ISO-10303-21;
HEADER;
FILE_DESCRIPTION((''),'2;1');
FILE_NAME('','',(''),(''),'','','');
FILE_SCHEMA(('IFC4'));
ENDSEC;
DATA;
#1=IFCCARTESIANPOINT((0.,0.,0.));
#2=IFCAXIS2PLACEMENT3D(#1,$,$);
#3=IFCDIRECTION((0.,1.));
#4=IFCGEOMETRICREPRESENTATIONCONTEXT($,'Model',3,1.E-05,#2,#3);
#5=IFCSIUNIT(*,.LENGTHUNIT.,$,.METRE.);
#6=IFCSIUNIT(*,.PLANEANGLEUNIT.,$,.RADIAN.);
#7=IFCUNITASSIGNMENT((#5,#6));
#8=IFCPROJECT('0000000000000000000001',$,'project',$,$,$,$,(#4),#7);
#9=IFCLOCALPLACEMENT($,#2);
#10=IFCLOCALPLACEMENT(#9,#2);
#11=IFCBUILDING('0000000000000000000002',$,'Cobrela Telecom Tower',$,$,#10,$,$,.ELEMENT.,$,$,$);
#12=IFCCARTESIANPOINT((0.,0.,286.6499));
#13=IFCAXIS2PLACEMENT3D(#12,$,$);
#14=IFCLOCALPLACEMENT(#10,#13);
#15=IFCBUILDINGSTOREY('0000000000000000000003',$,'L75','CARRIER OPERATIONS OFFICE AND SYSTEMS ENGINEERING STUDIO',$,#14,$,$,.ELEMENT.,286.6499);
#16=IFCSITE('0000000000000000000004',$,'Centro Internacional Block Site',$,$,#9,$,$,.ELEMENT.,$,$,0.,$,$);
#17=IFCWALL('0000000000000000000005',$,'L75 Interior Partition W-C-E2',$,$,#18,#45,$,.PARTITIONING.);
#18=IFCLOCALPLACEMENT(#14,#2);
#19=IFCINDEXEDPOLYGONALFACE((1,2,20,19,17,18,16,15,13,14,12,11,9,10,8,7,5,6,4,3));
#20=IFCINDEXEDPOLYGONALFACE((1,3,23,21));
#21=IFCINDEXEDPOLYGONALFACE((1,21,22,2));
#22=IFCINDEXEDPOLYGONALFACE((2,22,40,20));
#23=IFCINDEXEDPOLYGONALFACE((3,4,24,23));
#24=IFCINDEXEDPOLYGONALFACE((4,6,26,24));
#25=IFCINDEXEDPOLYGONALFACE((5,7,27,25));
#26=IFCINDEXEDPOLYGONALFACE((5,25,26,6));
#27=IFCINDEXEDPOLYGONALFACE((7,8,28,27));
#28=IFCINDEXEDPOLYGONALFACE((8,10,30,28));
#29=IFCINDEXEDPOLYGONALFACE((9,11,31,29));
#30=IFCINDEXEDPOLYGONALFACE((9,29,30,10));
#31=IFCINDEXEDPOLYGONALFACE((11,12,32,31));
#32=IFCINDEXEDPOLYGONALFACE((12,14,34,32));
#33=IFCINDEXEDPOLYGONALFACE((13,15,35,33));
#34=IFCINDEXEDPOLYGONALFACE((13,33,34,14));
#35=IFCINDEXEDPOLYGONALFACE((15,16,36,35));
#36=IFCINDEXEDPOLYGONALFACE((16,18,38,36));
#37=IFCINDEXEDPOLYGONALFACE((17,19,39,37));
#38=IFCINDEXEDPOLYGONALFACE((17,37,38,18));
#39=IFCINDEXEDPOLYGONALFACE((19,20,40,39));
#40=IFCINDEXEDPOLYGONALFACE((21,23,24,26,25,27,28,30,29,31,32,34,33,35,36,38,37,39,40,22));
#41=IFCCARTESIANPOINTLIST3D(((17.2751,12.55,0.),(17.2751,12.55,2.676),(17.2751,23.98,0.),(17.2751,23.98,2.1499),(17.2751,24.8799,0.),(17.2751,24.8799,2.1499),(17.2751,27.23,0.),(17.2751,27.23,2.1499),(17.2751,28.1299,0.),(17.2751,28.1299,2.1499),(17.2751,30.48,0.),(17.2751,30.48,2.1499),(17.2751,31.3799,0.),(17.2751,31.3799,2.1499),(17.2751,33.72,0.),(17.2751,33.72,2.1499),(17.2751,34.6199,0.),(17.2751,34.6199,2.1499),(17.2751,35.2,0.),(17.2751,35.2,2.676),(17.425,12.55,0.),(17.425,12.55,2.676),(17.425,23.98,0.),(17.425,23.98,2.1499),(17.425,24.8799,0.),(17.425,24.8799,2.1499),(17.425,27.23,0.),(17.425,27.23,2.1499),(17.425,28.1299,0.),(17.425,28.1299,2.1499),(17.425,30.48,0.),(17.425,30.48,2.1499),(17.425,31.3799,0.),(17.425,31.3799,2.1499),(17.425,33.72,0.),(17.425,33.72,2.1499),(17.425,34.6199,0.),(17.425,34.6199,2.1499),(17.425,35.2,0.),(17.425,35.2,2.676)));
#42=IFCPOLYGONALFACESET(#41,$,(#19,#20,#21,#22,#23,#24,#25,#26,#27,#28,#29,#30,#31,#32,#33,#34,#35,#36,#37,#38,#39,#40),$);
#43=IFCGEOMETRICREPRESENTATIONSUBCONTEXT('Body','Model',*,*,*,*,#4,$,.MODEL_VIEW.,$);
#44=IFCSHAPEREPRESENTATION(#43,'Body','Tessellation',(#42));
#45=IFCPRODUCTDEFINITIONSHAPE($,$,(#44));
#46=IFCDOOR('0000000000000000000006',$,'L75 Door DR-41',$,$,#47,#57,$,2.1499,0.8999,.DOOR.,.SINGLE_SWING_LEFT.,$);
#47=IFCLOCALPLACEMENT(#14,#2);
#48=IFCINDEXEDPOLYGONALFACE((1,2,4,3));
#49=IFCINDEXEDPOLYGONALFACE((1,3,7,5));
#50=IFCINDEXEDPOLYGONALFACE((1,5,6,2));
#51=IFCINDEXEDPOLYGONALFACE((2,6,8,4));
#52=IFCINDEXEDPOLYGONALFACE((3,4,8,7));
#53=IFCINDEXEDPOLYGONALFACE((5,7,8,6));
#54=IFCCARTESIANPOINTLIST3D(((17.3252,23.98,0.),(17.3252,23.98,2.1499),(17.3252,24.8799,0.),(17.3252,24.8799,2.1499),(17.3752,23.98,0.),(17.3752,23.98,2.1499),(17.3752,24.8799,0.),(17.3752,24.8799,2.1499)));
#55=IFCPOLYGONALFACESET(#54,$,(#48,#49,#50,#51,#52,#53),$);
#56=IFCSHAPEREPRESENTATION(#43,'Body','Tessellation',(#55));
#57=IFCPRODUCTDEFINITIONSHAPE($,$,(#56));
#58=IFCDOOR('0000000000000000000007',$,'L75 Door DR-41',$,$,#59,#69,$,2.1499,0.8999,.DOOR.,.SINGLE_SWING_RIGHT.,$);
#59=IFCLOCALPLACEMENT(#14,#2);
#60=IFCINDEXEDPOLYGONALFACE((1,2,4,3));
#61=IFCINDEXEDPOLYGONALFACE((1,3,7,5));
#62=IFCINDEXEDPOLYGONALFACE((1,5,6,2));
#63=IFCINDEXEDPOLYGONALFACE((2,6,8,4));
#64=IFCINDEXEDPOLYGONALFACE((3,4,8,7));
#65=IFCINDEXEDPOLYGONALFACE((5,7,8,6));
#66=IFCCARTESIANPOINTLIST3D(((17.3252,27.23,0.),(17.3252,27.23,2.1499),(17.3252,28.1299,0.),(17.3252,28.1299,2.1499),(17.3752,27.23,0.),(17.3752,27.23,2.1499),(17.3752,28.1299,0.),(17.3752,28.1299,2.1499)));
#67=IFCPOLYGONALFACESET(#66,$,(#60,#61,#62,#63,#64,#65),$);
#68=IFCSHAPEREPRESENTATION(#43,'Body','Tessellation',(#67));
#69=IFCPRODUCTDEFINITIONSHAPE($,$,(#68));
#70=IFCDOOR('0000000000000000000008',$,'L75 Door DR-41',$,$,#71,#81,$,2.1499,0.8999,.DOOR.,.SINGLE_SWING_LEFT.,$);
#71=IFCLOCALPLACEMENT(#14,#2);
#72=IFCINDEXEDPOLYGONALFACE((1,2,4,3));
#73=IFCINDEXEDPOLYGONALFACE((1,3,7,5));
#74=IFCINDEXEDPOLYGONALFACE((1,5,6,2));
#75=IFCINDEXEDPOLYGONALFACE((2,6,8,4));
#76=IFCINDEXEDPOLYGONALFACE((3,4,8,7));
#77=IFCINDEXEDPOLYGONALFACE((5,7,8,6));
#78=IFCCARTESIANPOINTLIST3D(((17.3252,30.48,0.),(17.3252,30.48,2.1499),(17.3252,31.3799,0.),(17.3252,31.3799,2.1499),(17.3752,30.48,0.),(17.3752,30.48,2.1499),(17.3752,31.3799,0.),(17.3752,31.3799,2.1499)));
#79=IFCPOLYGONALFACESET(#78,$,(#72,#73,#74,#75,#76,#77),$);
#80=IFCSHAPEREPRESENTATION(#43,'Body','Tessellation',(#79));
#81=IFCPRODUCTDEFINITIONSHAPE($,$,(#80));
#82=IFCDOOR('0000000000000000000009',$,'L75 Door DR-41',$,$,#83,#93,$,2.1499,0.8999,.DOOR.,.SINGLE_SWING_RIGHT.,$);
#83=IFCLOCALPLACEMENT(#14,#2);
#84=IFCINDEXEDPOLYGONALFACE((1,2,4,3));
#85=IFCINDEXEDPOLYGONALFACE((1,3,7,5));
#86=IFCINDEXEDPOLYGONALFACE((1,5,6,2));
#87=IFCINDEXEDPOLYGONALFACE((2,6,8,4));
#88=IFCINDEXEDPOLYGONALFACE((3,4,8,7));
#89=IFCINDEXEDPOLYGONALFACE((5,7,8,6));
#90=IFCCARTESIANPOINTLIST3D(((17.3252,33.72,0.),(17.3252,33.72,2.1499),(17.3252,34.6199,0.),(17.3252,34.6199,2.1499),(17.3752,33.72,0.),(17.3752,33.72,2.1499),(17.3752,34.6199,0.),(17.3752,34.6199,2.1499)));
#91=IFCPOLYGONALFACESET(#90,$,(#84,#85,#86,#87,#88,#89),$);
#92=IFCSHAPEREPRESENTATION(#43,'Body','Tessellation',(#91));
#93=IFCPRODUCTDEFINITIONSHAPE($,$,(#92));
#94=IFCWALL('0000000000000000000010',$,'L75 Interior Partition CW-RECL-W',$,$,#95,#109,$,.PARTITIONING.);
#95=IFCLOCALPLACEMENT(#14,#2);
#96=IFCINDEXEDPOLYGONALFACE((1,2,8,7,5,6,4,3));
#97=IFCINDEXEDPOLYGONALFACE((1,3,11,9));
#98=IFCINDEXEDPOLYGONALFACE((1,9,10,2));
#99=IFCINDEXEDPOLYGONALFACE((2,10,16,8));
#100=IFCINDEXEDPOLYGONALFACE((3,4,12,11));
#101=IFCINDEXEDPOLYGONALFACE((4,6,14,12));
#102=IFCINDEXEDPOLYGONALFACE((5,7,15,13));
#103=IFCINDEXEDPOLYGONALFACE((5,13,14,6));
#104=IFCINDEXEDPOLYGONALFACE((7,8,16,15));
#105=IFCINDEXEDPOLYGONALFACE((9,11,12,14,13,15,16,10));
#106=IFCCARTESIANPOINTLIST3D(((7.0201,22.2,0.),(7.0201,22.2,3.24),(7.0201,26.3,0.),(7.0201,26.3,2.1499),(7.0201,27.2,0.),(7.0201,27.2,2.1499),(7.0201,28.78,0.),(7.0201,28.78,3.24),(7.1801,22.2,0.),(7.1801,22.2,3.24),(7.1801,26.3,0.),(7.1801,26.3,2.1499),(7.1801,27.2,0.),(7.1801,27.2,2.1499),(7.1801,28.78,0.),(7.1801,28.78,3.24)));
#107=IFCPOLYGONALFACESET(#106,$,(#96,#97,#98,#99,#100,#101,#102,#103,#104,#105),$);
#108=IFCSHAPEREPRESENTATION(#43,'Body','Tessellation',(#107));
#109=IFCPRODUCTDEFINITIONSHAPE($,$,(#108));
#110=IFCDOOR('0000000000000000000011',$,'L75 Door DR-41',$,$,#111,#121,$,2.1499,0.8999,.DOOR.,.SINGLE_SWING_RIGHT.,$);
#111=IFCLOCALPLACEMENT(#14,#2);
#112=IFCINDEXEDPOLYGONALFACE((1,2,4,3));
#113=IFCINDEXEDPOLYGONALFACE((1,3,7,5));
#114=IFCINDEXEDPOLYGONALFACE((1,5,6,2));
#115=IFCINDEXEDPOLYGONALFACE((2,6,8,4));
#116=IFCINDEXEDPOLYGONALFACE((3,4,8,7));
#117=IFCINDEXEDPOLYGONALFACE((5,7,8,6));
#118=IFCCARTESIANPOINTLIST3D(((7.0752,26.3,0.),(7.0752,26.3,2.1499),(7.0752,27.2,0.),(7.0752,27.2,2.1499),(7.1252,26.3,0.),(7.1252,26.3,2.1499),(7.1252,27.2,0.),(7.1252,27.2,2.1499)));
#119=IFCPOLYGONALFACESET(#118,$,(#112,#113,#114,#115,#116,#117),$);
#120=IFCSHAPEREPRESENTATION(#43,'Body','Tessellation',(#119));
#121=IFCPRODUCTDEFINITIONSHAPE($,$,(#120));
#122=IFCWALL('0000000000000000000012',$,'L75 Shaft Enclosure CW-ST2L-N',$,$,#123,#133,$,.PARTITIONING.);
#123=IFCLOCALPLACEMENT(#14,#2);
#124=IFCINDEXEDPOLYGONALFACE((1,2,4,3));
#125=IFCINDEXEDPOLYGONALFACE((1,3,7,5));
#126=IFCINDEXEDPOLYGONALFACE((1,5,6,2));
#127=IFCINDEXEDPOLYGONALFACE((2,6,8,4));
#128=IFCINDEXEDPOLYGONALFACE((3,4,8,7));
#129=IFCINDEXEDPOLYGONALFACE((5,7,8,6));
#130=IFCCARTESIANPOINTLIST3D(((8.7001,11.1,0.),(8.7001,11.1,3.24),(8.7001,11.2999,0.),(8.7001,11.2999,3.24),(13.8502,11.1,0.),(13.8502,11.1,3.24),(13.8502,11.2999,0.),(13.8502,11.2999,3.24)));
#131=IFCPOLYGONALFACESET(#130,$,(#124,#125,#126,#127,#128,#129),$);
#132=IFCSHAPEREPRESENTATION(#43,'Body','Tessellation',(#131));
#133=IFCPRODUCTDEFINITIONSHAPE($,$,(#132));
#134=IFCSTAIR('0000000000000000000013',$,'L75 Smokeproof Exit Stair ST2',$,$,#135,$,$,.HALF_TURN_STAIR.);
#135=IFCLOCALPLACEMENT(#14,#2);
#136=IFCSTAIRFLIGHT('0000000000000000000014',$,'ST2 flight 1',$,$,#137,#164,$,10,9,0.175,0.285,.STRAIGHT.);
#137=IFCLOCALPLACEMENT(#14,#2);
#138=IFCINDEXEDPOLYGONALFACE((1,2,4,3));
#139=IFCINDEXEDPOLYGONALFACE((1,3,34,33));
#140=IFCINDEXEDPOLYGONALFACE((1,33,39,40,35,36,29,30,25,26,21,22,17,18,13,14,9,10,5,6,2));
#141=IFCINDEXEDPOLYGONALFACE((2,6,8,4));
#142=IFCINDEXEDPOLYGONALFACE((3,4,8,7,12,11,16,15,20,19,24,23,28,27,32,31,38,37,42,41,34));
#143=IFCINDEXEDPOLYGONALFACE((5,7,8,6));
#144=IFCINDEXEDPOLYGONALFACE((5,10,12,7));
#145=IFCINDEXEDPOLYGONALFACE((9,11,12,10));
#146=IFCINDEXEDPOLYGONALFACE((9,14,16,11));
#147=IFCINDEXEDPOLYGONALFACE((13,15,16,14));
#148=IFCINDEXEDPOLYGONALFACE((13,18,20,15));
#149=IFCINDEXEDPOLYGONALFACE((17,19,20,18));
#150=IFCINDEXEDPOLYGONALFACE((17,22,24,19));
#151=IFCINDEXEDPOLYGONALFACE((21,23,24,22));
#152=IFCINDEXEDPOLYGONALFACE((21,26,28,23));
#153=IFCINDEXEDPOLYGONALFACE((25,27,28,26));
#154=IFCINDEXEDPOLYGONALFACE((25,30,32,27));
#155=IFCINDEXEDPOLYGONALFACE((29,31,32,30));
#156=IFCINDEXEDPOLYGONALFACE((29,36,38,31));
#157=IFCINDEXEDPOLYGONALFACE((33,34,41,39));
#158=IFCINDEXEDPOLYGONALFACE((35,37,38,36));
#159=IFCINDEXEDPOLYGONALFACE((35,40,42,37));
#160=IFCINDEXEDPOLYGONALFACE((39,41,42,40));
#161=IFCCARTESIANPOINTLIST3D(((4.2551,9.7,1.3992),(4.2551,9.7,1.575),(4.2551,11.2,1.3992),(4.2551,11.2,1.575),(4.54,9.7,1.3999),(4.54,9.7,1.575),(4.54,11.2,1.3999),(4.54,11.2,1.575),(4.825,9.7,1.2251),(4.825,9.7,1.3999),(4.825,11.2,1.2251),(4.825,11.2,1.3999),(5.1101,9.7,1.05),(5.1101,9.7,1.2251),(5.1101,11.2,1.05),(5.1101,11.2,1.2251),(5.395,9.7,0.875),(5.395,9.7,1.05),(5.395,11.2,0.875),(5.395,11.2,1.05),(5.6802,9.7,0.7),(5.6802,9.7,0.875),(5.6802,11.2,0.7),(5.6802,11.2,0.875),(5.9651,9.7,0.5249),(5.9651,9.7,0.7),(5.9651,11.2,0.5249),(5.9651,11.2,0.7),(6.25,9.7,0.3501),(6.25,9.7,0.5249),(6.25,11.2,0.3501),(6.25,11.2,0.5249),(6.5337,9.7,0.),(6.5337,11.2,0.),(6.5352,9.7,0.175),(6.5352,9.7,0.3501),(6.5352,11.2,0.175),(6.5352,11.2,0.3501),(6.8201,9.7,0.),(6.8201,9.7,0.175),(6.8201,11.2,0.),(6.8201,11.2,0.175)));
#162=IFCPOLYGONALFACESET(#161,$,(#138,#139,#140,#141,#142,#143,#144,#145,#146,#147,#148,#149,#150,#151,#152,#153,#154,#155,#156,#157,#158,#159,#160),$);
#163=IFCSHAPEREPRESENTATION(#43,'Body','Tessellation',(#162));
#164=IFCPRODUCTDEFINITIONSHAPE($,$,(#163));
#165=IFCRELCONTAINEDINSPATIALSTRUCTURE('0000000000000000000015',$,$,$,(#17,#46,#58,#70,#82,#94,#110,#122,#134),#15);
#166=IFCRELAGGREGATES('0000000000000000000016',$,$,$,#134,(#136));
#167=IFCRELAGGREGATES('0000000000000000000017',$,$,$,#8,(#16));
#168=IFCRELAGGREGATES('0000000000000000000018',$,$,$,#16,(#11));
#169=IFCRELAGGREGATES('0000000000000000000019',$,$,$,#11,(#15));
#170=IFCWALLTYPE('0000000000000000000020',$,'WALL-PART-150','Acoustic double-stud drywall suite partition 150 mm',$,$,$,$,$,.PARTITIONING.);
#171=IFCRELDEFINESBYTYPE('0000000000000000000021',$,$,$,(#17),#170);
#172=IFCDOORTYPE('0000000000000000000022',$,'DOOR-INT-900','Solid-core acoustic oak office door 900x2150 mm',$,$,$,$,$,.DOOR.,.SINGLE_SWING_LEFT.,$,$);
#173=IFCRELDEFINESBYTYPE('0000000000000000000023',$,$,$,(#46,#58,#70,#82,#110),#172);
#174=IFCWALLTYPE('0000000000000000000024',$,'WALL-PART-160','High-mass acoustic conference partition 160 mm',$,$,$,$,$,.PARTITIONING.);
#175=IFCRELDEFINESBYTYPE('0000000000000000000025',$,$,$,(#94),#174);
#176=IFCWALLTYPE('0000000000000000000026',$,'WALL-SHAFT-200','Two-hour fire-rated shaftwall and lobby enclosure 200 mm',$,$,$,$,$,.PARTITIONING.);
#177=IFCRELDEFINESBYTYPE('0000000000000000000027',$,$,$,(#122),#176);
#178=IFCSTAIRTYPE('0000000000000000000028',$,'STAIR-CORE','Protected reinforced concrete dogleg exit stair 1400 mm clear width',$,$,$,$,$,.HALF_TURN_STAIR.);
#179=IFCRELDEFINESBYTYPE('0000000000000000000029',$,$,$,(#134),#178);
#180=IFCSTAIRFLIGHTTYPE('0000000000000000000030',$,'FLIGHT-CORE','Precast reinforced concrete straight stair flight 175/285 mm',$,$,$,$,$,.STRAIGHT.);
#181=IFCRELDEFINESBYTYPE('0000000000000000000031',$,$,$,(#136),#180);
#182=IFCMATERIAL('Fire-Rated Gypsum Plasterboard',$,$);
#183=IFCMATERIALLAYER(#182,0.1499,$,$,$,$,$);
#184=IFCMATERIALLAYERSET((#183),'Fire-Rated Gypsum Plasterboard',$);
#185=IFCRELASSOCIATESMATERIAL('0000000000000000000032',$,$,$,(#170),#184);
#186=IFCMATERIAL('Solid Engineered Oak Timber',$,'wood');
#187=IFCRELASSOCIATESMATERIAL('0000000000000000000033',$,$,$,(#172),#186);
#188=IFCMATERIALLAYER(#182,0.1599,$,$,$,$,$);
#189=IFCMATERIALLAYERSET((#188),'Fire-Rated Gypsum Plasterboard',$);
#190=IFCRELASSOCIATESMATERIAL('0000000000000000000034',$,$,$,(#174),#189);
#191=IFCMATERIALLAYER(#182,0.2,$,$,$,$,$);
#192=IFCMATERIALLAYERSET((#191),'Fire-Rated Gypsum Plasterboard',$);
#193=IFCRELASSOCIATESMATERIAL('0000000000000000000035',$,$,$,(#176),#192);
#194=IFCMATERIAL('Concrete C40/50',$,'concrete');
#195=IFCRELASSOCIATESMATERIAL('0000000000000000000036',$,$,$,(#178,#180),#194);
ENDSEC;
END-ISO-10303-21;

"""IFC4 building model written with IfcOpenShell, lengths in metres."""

from ifc_helpers import new_model, si_unit, direction, frame, frame_2d, origin, place, context, subcontext, project, spatial, polyline, rectangle, outline, extrude, material, layer, layer_set, type_object, element, fill, aggregate, save


model = new_model("IFC4")

# Units and contexts
model_context = context("Model", 3, precision=1e-05, world=origin(), true_north=direction((0.0, 1.0)))
body_context = subcontext(model_context, "Body", "Model", "MODEL_VIEW")
ifc_project = project(units=[si_unit("LENGTHUNIT", "METRE"), si_unit("PLANEANGLEUNIT", "RADIAN")], contexts=[model_context])

# Site, building, storey
site_placement = place(None, origin())
site = spatial("IfcSite", under=ifc_project, at=site_placement, Name="Centro Internacional Block Site", CompositionType="ELEMENT", RefElevation=0.0)
building_placement = place(site_placement, origin())
building = spatial("IfcBuilding", under=site, at=building_placement, Name="Cobrela Telecom Tower", CompositionType="ELEMENT")
storey_placement = place(building_placement, frame((0.0, 0.0, 286.6499)))
storey = spatial("IfcBuildingStorey", under=building, at=storey_placement, Name="L75", Description="CARRIER OPERATIONS OFFICE AND SYSTEMS ENGINEERING STUDIO", CompositionType="ELEMENT", Elevation=286.6499)

# Shared definitions
ifc_material_1 = material(Name="Fire-Rated Gypsum Plasterboard")

# Shared definitions
ifc_material_2 = material(Name="Solid Engineered Oak Timber", Category="wood")

# Shared definitions
ifc_layer_1 = layer(ifc_material_1, 0.1499)
ifc_layer_set_1 = layer_set([ifc_layer_1], Name="Fire-Rated Gypsum Plasterboard")
wall_type_1 = type_object("IfcWallType", Name="WALL-PART-150", Description="Acoustic double-stud drywall suite partition 150 mm", PredefinedType="PARTITIONING", material=ifc_layer_set_1)

# Wall, openings, doors
wall_1_placement = place(storey_placement, frame((17.3501, 12.55, 0.0), z_axis=(0.0, 0.0, 1.0), x_axis=(0.0, 1.0, 0.0)))
wall_1 = element("IfcWall", 1, at=wall_1_placement, inside=storey, type_object=wall_type_1, Name="L75 Interior Partition W-C-E2", PredefinedType="PARTITIONING", context=body_context, shape_type="SweptSolid", body=[
    extrude(rectangle(XDim=22.6499, YDim=0.1499, at=frame_2d((11.325, 0.0))), origin(), (0.0, 0.0, 1.0), 2.676),
])
opening_1_placement = place(wall_1_placement, frame((11.4299, 0.0, 0.0)))
opening_1 = element("IfcOpeningElement", 2, at=opening_1_placement, cuts=wall_1, PredefinedType="OPENING", context=body_context, shape_type="SweptSolid", body=[
    extrude(rectangle(XDim=0.8999, YDim=2.1499, at=frame_2d((0.45, 1.075))), frame((0.0, 0.0869, 0.0), z_axis=(0.0, -1.0, 0.0), x_axis=(1.0, 0.0, 0.0)), (0.0, 0.0, 1.0), 0.1738),
])
opening_2_placement = place(wall_1_placement, frame((14.6799, 0.0, 0.0)))
opening_2 = element("IfcOpeningElement", 3, at=opening_2_placement, cuts=wall_1, PredefinedType="OPENING", context=body_context, shape_type="SweptSolid", body=[
    extrude(rectangle(XDim=0.8999, YDim=2.1499, at=frame_2d((0.45, 1.075))), frame((0.0, 0.0869, 0.0), z_axis=(0.0, -1.0, 0.0), x_axis=(1.0, 0.0, 0.0)), (0.0, 0.0, 1.0), 0.1738),
])
opening_3_placement = place(wall_1_placement, frame((17.9299, 0.0, 0.0)))
opening_3 = element("IfcOpeningElement", 4, at=opening_3_placement, cuts=wall_1, PredefinedType="OPENING", context=body_context, shape_type="SweptSolid", body=[
    extrude(rectangle(XDim=0.8999, YDim=2.1499, at=frame_2d((0.45, 1.075))), frame((0.0, 0.0869, 0.0), z_axis=(0.0, -1.0, 0.0), x_axis=(1.0, 0.0, 0.0)), (0.0, 0.0, 1.0), 0.1738),
])
opening_4_placement = place(wall_1_placement, frame((21.1699, 0.0, 0.0)))
opening_4 = element("IfcOpeningElement", 5, at=opening_4_placement, cuts=wall_1, PredefinedType="OPENING", context=body_context, shape_type="SweptSolid", body=[
    extrude(rectangle(XDim=0.8999, YDim=2.1499, at=frame_2d((0.45, 1.075))), frame((0.0, 0.0869, 0.0), z_axis=(0.0, -1.0, 0.0), x_axis=(1.0, 0.0, 0.0)), (0.0, 0.0, 1.0), 0.1738),
])
door_type_1 = type_object("IfcDoorType", Name="DOOR-INT-900", Description="Solid-core acoustic oak office door 900x2150 mm", OperationType="SINGLE_SWING_LEFT", PredefinedType="DOOR", material=ifc_material_2)
door_1_placement = place(opening_1_placement, origin())
door_1 = element("IfcDoor", 6, at=door_1_placement, inside=storey, type_object=door_type_1, Name="L75 Door DR-41", OperationType="SINGLE_SWING_LEFT", OverallHeight=2.1499, OverallWidth=0.8999, PredefinedType="DOOR", context=body_context, shape_type="SweptSolid", body=[
    extrude(rectangle(XDim=0.8999, YDim=2.1499, at=frame_2d((0.45, 1.075))), frame((0.0, 0.0249, 0.0), z_axis=(0.0, -1.0, 0.0), x_axis=(1.0, 0.0, 0.0)), (0.0, 0.0, 1.0), 0.05),
])
fill(opening_1, door_1)
door_2_placement = place(opening_2_placement, origin())
door_2 = element("IfcDoor", 7, at=door_2_placement, inside=storey, type_object=door_type_1, Name="L75 Door DR-41", OperationType="SINGLE_SWING_RIGHT", OverallHeight=2.1499, OverallWidth=0.8999, PredefinedType="DOOR", context=body_context, shape_type="SweptSolid", body=[
    extrude(rectangle(XDim=0.8999, YDim=2.1499, at=frame_2d((0.45, 1.075))), frame((0.0, 0.0249, 0.0), z_axis=(0.0, -1.0, 0.0), x_axis=(1.0, 0.0, 0.0)), (0.0, 0.0, 1.0), 0.05),
])
fill(opening_2, door_2)
door_3_placement = place(opening_3_placement, origin())
door_3 = element("IfcDoor", 8, at=door_3_placement, inside=storey, type_object=door_type_1, Name="L75 Door DR-41", OperationType="SINGLE_SWING_LEFT", OverallHeight=2.1499, OverallWidth=0.8999, PredefinedType="DOOR", context=body_context, shape_type="SweptSolid", body=[
    extrude(rectangle(XDim=0.8999, YDim=2.1499, at=frame_2d((0.45, 1.075))), frame((0.0, 0.0249, 0.0), z_axis=(0.0, -1.0, 0.0), x_axis=(1.0, 0.0, 0.0)), (0.0, 0.0, 1.0), 0.05),
])
fill(opening_3, door_3)
door_4_placement = place(opening_4_placement, origin())
door_4 = element("IfcDoor", 9, at=door_4_placement, inside=storey, type_object=door_type_1, Name="L75 Door DR-41", OperationType="SINGLE_SWING_RIGHT", OverallHeight=2.1499, OverallWidth=0.8999, PredefinedType="DOOR", context=body_context, shape_type="SweptSolid", body=[
    extrude(rectangle(XDim=0.8999, YDim=2.1499, at=frame_2d((0.45, 1.075))), frame((0.0, 0.0249, 0.0), z_axis=(0.0, -1.0, 0.0), x_axis=(1.0, 0.0, 0.0)), (0.0, 0.0, 1.0), 0.05),
])
fill(opening_4, door_4)

# Wall, opening, door
ifc_layer_2 = layer(ifc_material_1, 0.1599)
ifc_layer_set_2 = layer_set([ifc_layer_2], Name="Fire-Rated Gypsum Plasterboard")
wall_type_2 = type_object("IfcWallType", Name="WALL-PART-160", Description="High-mass acoustic conference partition 160 mm", PredefinedType="PARTITIONING", material=ifc_layer_set_2)
wall_2_placement = place(storey_placement, frame((7.1001, 22.2, 0.0), z_axis=(0.0, 0.0, 1.0), x_axis=(0.0, 1.0, 0.0)))
wall_2 = element("IfcWall", 10, at=wall_2_placement, inside=storey, type_object=wall_type_2, Name="L75 Interior Partition CW-RECL-W", PredefinedType="PARTITIONING", context=body_context, shape_type="SweptSolid", body=[
    extrude(rectangle(XDim=6.5801, YDim=0.1599, at=frame_2d((3.29, 0.0))), origin(), (0.0, 0.0, 1.0), 3.24),
])
opening_5_placement = place(wall_2_placement, frame((4.1001, 0.0, 0.0)))
opening_5 = element("IfcOpeningElement", 11, at=opening_5_placement, cuts=wall_2, PredefinedType="OPENING", context=body_context, shape_type="SweptSolid", body=[
    extrude(rectangle(XDim=0.8999, YDim=2.1499, at=frame_2d((0.45, 1.075))), frame((0.0, 0.0918, 0.0), z_axis=(0.0, -1.0, 0.0), x_axis=(1.0, 0.0, 0.0)), (0.0, 0.0, 1.0), 0.1838),
])
door_5_placement = place(opening_5_placement, origin())
door_5 = element("IfcDoor", 12, at=door_5_placement, inside=storey, type_object=door_type_1, Name="L75 Door DR-41", OperationType="SINGLE_SWING_RIGHT", OverallHeight=2.1499, OverallWidth=0.8999, PredefinedType="DOOR", context=body_context, shape_type="SweptSolid", body=[
    extrude(rectangle(XDim=0.8999, YDim=2.1499, at=frame_2d((0.45, 1.075))), frame((0.0, 0.0249, 0.0), z_axis=(0.0, -1.0, 0.0), x_axis=(1.0, 0.0, 0.0)), (0.0, 0.0, 1.0), 0.05),
])
fill(opening_5, door_5)

# Wall
ifc_layer_3 = layer(ifc_material_1, 0.2)
ifc_layer_set_3 = layer_set([ifc_layer_3], Name="Fire-Rated Gypsum Plasterboard")
wall_type_3 = type_object("IfcWallType", Name="WALL-SHAFT-200", Description="Two-hour fire-rated shaftwall and lobby enclosure 200 mm", PredefinedType="PARTITIONING", material=ifc_layer_set_3)
wall_3_placement = place(storey_placement, frame((8.7, 11.2, 0.0), z_axis=(0.0, 0.0, 1.0), x_axis=(1.0, 0.0, 0.0)))
element("IfcWall", 13, at=wall_3_placement, inside=storey, type_object=wall_type_3, Name="L75 Shaft Enclosure CW-ST2L-N", PredefinedType="PARTITIONING", context=body_context, shape_type="SweptSolid", body=[
    extrude(rectangle(XDim=5.1501, YDim=0.2, at=frame_2d((2.5752, 0.0))), origin(), (0.0, 0.0, 1.0), 3.24),
])

# Stair, stair flight
ifc_material_3 = material(Name="Concrete C40/50", Category="concrete")
stair_type = type_object("IfcStairType", Name="STAIR-CORE", Description="Protected reinforced concrete dogleg exit stair 1400 mm clear width", PredefinedType="HALF_TURN_STAIR", material=ifc_material_3)
stair_placement = place(storey_placement, origin())
stair = element("IfcStair", 14, at=stair_placement, inside=storey, type_object=stair_type, Name="L75 Smokeproof Exit Stair ST2", PredefinedType="HALF_TURN_STAIR")
stair_flight_type = type_object("IfcStairFlightType", Name="FLIGHT-CORE", Description="Precast reinforced concrete straight stair flight 175/285 mm", PredefinedType="STRAIGHT", material=ifc_material_3)
stair_flight_placement = place(storey_placement, frame((6.8201, 10.45, 0.0), z_axis=(0.0, 0.0, 1.0), x_axis=(-1.0, 0.0, 0.0)))
stair_flight = element("IfcStairFlight", 15, at=stair_flight_placement, type_object=stair_flight_type, Name="ST2 flight 1", NumberOfRisers=10, NumberOfTreads=9, PredefinedType="STRAIGHT", RiserHeight=0.175, TreadLength=0.285, context=body_context, shape_type="SweptSolid", body=[
    extrude(outline(polyline([(0.0, 0.0), (0.0, 0.175), (0.2849, 0.175), (0.2849, 0.3501), (0.5701, 0.3501), (0.5701, 0.5249), (0.855, 0.5249), (0.855, 0.7), (1.1399, 0.7), (1.1399, 0.875), (1.425, 0.875), (1.425, 1.05), (1.71, 1.05), (1.71, 1.2251), (1.9951, 1.2251), (1.9951, 1.3999), (2.28, 1.3999), (2.28, 1.575), (2.5649, 1.575), (2.5649, 1.75), (2.5649, 1.3992), (0.2864, 0.0), (0.0, 0.0)])), frame((0.0, 0.75, 0.0), z_axis=(0.0, -1.0, 0.0), x_axis=(1.0, 0.0, 0.0)), (0.0, 0.0, 1.0), 1.5),
])
aggregate(stair, [stair_flight])

save(model, "model.ifc")
